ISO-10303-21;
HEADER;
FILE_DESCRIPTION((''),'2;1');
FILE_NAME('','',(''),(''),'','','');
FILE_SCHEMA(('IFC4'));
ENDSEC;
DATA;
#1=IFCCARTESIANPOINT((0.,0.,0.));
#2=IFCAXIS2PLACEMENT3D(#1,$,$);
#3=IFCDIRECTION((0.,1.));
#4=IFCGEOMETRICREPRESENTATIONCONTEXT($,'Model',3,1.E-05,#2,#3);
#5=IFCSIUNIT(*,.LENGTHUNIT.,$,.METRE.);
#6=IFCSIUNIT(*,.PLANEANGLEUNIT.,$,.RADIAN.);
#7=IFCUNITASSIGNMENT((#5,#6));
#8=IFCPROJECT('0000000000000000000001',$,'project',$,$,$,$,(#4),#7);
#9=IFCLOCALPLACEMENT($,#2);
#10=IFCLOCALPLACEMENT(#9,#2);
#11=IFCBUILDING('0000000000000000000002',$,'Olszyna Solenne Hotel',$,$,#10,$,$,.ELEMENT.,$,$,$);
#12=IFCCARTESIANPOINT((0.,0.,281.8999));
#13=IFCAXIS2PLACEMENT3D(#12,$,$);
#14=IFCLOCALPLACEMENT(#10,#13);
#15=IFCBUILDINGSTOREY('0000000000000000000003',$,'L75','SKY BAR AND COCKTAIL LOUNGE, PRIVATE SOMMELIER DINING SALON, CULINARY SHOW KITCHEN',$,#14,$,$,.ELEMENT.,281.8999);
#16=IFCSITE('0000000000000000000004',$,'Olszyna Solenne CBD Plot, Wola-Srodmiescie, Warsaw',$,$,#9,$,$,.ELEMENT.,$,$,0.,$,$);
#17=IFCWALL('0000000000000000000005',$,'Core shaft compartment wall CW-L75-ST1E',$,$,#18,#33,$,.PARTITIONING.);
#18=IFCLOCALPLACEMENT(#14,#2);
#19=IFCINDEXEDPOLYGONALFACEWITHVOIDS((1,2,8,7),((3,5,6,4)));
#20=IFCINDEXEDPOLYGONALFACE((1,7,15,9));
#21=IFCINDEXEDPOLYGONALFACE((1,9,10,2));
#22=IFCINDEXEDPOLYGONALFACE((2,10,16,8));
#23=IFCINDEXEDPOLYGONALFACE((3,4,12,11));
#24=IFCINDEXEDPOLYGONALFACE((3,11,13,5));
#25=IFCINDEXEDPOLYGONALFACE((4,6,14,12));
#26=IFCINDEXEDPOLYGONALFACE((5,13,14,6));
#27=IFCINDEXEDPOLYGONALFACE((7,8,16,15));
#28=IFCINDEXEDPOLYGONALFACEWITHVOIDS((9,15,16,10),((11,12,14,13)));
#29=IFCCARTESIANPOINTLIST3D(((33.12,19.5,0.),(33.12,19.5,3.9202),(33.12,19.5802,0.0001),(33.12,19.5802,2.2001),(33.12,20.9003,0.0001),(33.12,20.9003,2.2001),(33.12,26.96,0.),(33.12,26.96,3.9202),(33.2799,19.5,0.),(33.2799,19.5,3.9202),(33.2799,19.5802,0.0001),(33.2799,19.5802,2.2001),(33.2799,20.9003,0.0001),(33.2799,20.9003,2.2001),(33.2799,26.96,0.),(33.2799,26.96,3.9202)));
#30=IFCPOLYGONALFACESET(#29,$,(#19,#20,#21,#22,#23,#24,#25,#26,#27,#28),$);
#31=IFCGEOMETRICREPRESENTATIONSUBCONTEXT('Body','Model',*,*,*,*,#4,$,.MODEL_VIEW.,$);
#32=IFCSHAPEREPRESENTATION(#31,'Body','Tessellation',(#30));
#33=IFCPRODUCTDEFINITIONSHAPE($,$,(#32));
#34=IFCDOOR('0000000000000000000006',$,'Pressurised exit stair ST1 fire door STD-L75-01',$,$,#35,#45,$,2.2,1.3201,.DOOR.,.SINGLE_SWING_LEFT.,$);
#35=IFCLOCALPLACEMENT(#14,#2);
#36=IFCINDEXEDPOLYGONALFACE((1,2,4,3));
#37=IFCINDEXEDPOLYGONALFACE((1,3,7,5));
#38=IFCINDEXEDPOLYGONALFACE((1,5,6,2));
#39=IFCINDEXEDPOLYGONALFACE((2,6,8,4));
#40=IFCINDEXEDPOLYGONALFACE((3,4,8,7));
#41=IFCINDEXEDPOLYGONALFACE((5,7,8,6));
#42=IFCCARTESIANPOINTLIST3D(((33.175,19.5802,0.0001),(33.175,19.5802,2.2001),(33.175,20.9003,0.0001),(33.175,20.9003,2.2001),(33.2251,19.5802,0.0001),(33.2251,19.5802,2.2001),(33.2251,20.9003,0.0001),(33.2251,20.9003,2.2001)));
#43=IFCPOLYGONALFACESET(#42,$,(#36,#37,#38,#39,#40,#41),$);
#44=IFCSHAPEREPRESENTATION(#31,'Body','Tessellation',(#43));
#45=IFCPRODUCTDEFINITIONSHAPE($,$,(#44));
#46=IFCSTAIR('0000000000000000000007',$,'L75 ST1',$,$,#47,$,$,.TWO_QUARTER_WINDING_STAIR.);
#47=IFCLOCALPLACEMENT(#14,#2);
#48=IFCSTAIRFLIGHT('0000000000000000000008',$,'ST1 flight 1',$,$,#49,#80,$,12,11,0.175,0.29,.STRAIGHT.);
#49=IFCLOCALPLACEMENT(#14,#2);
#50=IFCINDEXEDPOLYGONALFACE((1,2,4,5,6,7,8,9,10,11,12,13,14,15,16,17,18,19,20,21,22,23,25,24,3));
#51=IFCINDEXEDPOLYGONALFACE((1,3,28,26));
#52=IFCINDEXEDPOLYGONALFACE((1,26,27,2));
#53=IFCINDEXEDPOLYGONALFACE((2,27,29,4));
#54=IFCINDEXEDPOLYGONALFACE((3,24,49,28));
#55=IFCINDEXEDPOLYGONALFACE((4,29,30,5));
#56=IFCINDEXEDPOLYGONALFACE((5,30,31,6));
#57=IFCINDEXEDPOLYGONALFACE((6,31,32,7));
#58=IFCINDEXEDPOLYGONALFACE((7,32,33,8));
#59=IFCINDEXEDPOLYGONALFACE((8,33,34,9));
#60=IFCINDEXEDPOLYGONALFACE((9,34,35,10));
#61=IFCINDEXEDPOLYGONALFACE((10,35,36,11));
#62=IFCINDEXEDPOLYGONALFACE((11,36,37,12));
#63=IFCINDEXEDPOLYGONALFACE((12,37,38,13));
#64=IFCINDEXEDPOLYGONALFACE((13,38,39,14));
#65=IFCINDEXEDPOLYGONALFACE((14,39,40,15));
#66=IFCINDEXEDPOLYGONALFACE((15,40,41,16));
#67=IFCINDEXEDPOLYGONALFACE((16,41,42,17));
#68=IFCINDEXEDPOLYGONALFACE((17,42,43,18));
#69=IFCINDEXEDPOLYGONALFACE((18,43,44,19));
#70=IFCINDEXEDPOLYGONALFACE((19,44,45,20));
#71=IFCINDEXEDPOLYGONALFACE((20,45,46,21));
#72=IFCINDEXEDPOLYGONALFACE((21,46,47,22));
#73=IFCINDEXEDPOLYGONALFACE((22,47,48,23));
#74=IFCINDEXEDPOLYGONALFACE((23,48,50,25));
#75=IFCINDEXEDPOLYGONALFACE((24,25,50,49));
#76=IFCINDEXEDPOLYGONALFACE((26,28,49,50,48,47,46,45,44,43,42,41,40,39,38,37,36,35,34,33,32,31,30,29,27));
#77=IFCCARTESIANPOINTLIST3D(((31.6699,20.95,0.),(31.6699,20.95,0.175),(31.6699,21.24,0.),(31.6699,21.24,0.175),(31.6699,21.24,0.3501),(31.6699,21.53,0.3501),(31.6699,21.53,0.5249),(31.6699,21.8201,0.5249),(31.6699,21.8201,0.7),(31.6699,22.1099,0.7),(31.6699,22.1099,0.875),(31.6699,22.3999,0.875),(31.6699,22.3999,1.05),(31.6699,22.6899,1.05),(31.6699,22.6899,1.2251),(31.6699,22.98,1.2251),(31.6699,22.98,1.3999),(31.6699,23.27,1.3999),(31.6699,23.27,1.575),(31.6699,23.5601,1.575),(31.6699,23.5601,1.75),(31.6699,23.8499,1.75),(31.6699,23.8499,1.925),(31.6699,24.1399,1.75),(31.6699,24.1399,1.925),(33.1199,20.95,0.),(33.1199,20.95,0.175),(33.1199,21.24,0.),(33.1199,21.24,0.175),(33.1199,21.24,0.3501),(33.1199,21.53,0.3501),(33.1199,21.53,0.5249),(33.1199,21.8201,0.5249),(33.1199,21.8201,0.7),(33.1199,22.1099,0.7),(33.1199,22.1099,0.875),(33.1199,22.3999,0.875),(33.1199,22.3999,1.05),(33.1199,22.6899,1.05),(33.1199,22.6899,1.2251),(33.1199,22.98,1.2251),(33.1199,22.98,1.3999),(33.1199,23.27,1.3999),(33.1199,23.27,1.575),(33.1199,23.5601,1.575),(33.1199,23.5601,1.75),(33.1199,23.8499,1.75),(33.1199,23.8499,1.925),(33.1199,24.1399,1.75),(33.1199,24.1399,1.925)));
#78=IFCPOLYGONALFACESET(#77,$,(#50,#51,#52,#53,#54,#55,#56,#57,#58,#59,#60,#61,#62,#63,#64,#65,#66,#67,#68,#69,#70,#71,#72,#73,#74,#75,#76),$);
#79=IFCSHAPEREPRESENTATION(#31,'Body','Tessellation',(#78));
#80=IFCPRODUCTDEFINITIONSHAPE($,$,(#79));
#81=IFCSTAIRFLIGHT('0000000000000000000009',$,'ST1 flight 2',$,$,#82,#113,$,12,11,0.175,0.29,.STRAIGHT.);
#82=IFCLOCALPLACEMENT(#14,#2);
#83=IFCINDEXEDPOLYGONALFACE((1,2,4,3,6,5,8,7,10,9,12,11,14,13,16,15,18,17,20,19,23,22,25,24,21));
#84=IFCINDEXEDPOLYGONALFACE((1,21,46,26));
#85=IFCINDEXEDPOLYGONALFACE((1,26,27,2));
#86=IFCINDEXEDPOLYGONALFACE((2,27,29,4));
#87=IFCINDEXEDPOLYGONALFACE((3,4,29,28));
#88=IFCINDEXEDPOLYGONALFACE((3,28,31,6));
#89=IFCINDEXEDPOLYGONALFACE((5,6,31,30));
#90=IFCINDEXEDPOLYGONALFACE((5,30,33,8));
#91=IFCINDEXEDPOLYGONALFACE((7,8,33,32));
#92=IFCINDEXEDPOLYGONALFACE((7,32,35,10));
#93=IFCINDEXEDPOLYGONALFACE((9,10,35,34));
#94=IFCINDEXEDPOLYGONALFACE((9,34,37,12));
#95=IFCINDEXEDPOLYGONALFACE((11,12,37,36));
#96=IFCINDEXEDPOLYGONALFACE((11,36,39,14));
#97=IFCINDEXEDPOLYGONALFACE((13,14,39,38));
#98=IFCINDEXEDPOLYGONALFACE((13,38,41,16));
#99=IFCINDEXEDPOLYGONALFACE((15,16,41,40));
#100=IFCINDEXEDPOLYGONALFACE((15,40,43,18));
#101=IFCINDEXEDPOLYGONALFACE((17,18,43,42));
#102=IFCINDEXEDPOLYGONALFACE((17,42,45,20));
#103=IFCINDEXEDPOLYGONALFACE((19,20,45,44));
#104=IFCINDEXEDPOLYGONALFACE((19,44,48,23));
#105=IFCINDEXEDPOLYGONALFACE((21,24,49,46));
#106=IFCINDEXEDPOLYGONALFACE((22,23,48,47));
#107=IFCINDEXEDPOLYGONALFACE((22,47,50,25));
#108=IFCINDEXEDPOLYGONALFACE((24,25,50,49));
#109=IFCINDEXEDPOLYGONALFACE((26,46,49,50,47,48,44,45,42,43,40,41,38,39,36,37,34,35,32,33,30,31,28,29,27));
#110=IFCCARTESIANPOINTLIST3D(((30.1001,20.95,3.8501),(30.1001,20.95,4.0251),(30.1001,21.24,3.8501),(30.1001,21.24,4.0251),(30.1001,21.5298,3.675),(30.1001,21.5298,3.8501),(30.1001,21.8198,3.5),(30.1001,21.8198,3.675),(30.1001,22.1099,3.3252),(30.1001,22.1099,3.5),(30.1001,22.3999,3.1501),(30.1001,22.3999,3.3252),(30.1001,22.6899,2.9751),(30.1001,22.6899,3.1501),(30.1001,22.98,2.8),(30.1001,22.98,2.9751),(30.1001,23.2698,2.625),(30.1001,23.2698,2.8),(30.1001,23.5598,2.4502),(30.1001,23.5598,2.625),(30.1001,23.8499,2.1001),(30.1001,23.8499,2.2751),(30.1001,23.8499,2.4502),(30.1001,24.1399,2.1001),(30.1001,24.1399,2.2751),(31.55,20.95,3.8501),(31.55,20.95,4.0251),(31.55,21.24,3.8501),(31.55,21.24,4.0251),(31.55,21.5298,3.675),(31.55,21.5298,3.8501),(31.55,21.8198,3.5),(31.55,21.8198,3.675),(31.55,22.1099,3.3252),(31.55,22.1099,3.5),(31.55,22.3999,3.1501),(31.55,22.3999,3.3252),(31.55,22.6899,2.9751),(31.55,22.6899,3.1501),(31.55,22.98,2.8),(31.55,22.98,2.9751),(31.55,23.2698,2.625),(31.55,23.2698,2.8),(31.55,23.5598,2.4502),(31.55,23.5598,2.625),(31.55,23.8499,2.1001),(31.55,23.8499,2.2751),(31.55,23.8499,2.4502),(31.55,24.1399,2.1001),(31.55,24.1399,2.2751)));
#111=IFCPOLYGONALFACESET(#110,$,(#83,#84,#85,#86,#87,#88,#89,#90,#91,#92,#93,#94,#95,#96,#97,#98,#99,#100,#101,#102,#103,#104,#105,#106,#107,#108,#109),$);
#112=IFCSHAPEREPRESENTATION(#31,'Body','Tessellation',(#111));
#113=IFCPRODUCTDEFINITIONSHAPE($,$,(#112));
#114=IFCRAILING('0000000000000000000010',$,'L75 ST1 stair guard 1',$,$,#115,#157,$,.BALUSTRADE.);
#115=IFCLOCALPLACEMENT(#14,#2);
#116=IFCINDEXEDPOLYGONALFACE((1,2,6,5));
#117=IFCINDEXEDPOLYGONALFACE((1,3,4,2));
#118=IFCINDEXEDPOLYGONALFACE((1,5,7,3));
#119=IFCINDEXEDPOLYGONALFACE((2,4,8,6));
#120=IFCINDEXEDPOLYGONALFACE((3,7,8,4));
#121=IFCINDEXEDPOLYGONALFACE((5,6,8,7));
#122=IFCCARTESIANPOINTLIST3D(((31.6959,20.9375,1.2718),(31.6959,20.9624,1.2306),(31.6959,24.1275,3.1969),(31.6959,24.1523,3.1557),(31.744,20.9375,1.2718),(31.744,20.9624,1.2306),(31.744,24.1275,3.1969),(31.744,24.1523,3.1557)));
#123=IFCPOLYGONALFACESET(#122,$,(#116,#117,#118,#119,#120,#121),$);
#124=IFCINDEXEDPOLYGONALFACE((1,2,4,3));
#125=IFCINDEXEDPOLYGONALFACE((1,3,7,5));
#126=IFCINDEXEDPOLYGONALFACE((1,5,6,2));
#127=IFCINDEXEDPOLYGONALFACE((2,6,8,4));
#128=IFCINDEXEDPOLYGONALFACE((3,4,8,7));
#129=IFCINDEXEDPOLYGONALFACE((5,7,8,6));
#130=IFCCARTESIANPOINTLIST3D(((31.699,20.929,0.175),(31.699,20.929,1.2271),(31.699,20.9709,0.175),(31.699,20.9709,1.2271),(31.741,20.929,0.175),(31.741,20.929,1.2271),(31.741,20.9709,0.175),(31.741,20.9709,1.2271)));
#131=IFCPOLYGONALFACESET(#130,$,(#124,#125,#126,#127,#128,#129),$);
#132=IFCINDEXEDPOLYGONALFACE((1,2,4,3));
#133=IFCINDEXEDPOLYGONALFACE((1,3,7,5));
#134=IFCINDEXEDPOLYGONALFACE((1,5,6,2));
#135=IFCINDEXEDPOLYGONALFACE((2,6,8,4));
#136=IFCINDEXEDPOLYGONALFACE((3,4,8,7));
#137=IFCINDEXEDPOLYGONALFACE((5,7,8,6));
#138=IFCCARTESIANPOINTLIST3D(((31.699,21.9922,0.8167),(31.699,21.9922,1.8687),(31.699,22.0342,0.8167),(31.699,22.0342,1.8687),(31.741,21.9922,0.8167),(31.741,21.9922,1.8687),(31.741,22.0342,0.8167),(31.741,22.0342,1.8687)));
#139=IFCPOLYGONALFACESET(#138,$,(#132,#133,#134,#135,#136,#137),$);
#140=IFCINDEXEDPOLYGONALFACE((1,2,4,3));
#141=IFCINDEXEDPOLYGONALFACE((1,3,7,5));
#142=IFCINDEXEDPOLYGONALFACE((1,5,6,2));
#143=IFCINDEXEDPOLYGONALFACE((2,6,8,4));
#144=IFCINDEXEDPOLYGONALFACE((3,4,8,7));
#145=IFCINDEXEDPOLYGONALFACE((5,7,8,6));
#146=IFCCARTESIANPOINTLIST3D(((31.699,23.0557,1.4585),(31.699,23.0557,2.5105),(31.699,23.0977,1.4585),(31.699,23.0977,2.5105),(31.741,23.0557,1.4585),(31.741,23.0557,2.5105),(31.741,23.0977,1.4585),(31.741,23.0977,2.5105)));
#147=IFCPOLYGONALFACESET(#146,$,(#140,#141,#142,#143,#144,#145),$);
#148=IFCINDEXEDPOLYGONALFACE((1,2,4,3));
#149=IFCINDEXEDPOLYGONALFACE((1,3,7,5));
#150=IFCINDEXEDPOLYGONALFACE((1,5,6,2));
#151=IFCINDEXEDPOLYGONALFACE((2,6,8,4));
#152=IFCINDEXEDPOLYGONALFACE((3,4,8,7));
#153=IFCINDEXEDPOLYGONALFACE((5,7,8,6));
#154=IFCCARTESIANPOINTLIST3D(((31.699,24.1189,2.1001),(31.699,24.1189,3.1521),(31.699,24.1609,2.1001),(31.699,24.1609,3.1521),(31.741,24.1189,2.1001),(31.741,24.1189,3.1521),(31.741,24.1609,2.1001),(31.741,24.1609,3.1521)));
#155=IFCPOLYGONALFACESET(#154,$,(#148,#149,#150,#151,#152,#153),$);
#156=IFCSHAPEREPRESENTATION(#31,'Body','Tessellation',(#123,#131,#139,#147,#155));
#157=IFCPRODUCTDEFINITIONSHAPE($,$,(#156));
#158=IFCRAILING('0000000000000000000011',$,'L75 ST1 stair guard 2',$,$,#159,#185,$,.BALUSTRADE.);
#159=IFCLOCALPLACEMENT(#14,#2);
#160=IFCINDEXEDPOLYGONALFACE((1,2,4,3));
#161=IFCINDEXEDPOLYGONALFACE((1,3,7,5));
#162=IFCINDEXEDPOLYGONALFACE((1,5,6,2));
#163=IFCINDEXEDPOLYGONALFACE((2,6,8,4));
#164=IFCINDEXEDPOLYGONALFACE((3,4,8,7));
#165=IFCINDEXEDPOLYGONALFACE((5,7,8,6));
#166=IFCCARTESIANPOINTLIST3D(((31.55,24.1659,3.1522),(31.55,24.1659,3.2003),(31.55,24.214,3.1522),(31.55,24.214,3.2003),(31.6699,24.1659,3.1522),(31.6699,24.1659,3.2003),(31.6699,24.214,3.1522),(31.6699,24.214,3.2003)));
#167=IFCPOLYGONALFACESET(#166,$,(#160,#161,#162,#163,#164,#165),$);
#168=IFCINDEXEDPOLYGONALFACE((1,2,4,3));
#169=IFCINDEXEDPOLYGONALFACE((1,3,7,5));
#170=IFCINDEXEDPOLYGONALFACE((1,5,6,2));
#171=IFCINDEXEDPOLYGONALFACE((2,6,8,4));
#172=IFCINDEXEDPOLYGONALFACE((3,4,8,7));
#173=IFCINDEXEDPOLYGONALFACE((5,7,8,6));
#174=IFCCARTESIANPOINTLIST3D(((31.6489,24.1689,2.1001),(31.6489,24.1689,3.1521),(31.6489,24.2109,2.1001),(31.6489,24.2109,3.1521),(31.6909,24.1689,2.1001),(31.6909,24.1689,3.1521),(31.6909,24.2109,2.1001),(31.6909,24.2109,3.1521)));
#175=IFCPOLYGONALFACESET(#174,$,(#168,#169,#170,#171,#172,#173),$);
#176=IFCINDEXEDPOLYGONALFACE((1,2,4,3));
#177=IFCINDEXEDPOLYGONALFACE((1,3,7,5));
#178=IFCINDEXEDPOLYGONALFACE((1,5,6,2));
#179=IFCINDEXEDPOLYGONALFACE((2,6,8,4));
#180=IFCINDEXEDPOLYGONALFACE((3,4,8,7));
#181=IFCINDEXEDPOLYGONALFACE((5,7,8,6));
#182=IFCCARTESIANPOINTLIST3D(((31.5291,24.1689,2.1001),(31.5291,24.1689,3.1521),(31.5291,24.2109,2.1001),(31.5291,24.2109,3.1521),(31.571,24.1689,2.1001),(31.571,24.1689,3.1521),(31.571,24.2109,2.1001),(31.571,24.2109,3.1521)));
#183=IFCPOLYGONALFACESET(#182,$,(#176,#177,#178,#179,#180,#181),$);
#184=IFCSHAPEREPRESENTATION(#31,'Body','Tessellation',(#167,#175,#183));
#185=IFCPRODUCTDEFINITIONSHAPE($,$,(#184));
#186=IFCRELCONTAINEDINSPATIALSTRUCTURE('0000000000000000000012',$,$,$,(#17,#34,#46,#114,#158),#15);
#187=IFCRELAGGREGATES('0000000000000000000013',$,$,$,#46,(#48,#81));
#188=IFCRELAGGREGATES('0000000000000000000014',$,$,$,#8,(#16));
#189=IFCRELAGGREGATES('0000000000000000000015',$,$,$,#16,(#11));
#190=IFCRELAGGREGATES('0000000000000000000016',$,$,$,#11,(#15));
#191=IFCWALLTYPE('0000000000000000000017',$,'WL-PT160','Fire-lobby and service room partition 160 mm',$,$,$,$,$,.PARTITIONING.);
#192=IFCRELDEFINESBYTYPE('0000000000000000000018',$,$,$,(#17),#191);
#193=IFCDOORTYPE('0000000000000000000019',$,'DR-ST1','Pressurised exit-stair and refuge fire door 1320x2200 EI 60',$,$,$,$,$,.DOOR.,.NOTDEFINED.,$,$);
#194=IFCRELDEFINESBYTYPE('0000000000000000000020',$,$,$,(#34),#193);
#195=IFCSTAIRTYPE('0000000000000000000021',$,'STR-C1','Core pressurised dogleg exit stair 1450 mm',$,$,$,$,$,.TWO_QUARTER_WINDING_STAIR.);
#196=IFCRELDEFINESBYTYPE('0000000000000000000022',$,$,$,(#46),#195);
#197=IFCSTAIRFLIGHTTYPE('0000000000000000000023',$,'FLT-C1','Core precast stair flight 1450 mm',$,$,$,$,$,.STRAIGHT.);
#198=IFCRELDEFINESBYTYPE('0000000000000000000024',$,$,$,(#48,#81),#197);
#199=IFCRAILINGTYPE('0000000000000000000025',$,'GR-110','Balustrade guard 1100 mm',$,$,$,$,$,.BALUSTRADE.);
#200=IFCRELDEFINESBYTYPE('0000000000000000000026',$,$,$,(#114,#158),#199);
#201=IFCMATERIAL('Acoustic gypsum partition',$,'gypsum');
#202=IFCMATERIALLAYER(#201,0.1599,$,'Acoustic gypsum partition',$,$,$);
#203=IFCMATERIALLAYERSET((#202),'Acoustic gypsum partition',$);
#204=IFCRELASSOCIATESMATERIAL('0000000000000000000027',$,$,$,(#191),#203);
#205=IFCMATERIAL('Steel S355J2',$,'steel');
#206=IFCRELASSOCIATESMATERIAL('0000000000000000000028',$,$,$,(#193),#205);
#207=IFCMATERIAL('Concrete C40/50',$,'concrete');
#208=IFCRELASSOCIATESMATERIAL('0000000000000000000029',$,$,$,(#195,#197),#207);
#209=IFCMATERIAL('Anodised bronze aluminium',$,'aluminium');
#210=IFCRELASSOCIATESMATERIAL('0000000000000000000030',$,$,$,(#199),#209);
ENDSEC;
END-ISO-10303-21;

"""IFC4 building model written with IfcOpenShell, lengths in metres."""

from ifc_helpers import new_model, si_unit, direction, frame, frame_2d, origin, origin_2d, place, context, subcontext, project, spatial, polyline, rectangle, outline, extrude, source, transform, mapped, material, layer, layer_set, type_object, type_shapes, element, fill, aggregate, save


model = new_model("IFC4")

# Units and contexts
model_context = context("Model", 3, precision=1e-05, world=origin(), true_north=direction((0.0, 1.0)))
body_context = subcontext(model_context, "Body", "Model", "MODEL_VIEW")
ifc_project = project(units=[si_unit("LENGTHUNIT", "METRE"), si_unit("PLANEANGLEUNIT", "RADIAN")], contexts=[model_context])

# Site, building, storey
site_placement = place(None, origin())
site = spatial("IfcSite", under=ifc_project, at=site_placement, Name="Olszyna Solenne CBD Plot, Wola-Srodmiescie, Warsaw", CompositionType="ELEMENT", RefElevation=0.0)
building_placement = place(site_placement, origin())
building = spatial("IfcBuilding", under=site, at=building_placement, Name="Olszyna Solenne Hotel", CompositionType="ELEMENT")
storey_placement = place(building_placement, frame((0.0, 0.0, 281.8999)))
storey = spatial("IfcBuildingStorey", under=building, at=storey_placement, Name="L75", Description="SKY BAR AND COCKTAIL LOUNGE, PRIVATE SOMMELIER DINING SALON, CULINARY SHOW KITCHEN", CompositionType="ELEMENT", Elevation=281.8999)

# Shared definitions
ifc_material_1 = material(Name="Steel S355J2", Category="steel")

# Shared definitions
ifc_material_2 = material(Name="Anodised bronze aluminium", Category="aluminium")

# Wall, opening, door
ifc_material_3 = material(Name="Acoustic gypsum partition", Category="gypsum")
ifc_layer_1 = layer(ifc_material_3, 0.1599, Name="Acoustic gypsum partition")
ifc_layer_set_1 = layer_set([ifc_layer_1], Name="Acoustic gypsum partition")
wall_type_1 = type_object("IfcWallType", Name="WL-PT160", Description="Fire-lobby and service room partition 160 mm", PredefinedType="PARTITIONING", material=ifc_layer_set_1)
wall_1_placement = place(storey_placement, frame((33.2, 19.5, 0.0), z_axis=(0.0, 0.0, 1.0), x_axis=(0.0, 1.0, 0.0)))
wall_1 = element("IfcWall", 1, at=wall_1_placement, inside=storey, type_object=wall_type_1, Name="Core shaft compartment wall CW-L75-ST1E", PredefinedType="PARTITIONING", context=body_context, shape_type="SweptSolid", body=[
    extrude(rectangle(XDim=7.46, YDim=0.1599, at=frame_2d((3.73, 0.0))), origin(), (0.0, 0.0, 1.0), 3.9202),
])
opening_1_placement = place(wall_1_placement, frame((0.0801, 0.0, 0.0)))
opening_1 = element("IfcOpeningElement", 2, at=opening_1_placement, cuts=wall_1, PredefinedType="OPENING", context=body_context, shape_type="SweptSolid", body=[
    extrude(rectangle(XDim=1.3201, YDim=2.2, at=frame_2d((0.6602, 1.1001))), frame((0.0, 0.0898, 0.0), z_axis=(0.0, -1.0, 0.0), x_axis=(1.0, 0.0, 0.0)), (0.0, 0.0, 1.0), 0.1799),
])
door_type_1 = type_object("IfcDoorType", Name="DR-ST1", Description="Pressurised exit-stair and refuge fire door 1320x2200 EI 60", OperationType="NOTDEFINED", PredefinedType="DOOR", material=ifc_material_1)
shared_shape_1 = source(origin(), body_context, "Body", "SweptSolid", [
    extrude(rectangle(XDim=1.3201, YDim=2.2, at=frame_2d((0.6602, 1.1001))), frame((0.0, 0.0249, 0.0), z_axis=(0.0, -1.0, 0.0), x_axis=(1.0, 0.0, 0.0)), (0.0, 0.0, 1.0), 0.05),
])
type_shapes(door_type_1, [shared_shape_1])
door_1_placement = place(opening_1_placement, origin())
door_1 = element("IfcDoor", 3, at=door_1_placement, inside=storey, type_object=door_type_1, Name="Pressurised exit stair ST1 fire door STD-L75-01", OperationType="SINGLE_SWING_LEFT", OverallHeight=2.2, OverallWidth=1.3201, PredefinedType="DOOR", context=body_context, shape_type="MappedRepresentation", body=[
    mapped(shared_shape_1, transform((0.0, 0.0, 0.0), x_axis=(1.0, 0.0, 0.0), y_axis=(0.0, 1.0, 0.0), z_axis=(0.0, 0.0, 1.0), scale=1.0)),
])
fill(opening_1, door_1)

# Stair, stair flights
ifc_material_4 = material(Name="Concrete C40/50", Category="concrete")
stair_type = type_object("IfcStairType", Name="STR-C1", Description="Core pressurised dogleg exit stair 1450 mm", PredefinedType="TWO_QUARTER_WINDING_STAIR", material=ifc_material_4)
stair_placement = place(storey_placement, origin())
stair = element("IfcStair", 4, at=stair_placement, inside=storey, type_object=stair_type, Name="L75 ST1", PredefinedType="TWO_QUARTER_WINDING_STAIR")
stair_flight_type = type_object("IfcStairFlightType", Name="FLT-C1", Description="Core precast stair flight 1450 mm", PredefinedType="STRAIGHT", material=ifc_material_4)
stair_flight_1_placement = place(storey_placement, frame((32.395, 20.95, 0.0), z_axis=(0.0, 0.0, 1.0), x_axis=(0.0, 1.0, 0.0)))
stair_flight_1 = element("IfcStairFlight", 5, at=stair_flight_1_placement, type_object=stair_flight_type, Name="ST1 flight 1", NumberOfRisers=12, NumberOfTreads=11, PredefinedType="STRAIGHT", RiserHeight=0.175, TreadLength=0.29, context=body_context, shape_type="SweptSolid", body=[
    extrude(outline(polyline([(0.0, 0.0), (0.0, 0.175), (0.29, 0.175), (0.29, 0.3501), (0.5801, 0.3501), (0.5801, 0.5249), (0.8701, 0.5249), (0.8701, 0.7), (1.1599, 0.7), (1.1599, 0.875), (1.45, 0.875), (1.45, 1.05), (1.74, 1.05), (1.74, 1.2251), (2.03, 1.2251), (2.03, 1.3999), (2.3201, 1.3999), (2.3201, 1.575), (2.6101, 1.575), (2.6101, 1.75), (2.8999, 1.75), (2.8999, 1.925), (3.1899, 1.925), (3.1899, 2.1001), (3.1899, 1.75), (0.29, 0.0), (0.0, 0.0)])), frame((0.0, 0.7251, 0.0), z_axis=(0.0, -1.0, 0.0), x_axis=(1.0, 0.0, 0.0)), (0.0, 0.0, 1.0), 1.45),
])
stair_flight_2_placement = place(storey_placement, frame((30.825, 24.1399, 2.1001), z_axis=(0.0, 0.0, 1.0), x_axis=(0.0, -1.0, 0.0)))
stair_flight_2 = element("IfcStairFlight", 6, at=stair_flight_2_placement, type_object=stair_flight_type, Name="ST1 flight 2", NumberOfRisers=12, NumberOfTreads=11, PredefinedType="STRAIGHT", RiserHeight=0.175, TreadLength=0.29, context=body_context, shape_type="SweptSolid", body=[
    extrude(outline(polyline([(0.0, 0.0), (0.0, 0.175), (0.29, 0.175), (0.29, 0.3501), (0.5801, 0.3501), (0.5801, 0.5249), (0.8701, 0.5249), (0.8701, 0.7), (1.1599, 0.7), (1.1599, 0.875), (1.45, 0.875), (1.45, 1.05), (1.74, 1.05), (1.74, 1.2251), (2.03, 1.2251), (2.03, 1.3999), (2.3201, 1.3999), (2.3201, 1.575), (2.6101, 1.575), (2.6101, 1.75), (2.8999, 1.75), (2.8999, 1.925), (3.1899, 1.925), (3.1899, 2.1001), (3.1899, 1.75), (0.29, 0.0), (0.0, 0.0)])), frame((0.0, 0.7251, 0.0), z_axis=(0.0, -1.0, 0.0), x_axis=(1.0, 0.0, 0.0)), (0.0, 0.0, 1.0), 1.45),
])
aggregate(stair, [stair_flight_1, stair_flight_2])

# Railings
railing_type_1 = type_object("IfcRailingType", Name="GR-110", Description="Balustrade guard 1100 mm", PredefinedType="BALUSTRADE", material=ifc_material_2)
railing_1_placement = place(storey_placement, frame((31.72, 20.95, 0.175)))
element("IfcRailing", 7, at=railing_1_placement, inside=storey, type_object=railing_type_1, Name="L75 ST1 stair guard 1", PredefinedType="BALUSTRADE", context=body_context, shape_type="SweptSolid", body=[
    extrude(rectangle(XDim=0.0481, YDim=0.0481, at=origin_2d()), frame((0.0, 0.0, 1.0762), z_axis=(0.0, 0.856178, 0.516682), x_axis=(-1.0, 0.0, 0.0)), (0.0, 0.0, 1.0), 3.7258),
    extrude(rectangle(XDim=0.042, YDim=0.042, at=origin_2d()), origin(), (0.0, 0.0, 1.0), 1.052),
    extrude(rectangle(XDim=0.042, YDim=0.042, at=origin_2d()), frame((0.0, 1.0632, 0.6416)), (0.0, 0.0, 1.0), 1.052),
    extrude(rectangle(XDim=0.042, YDim=0.042, at=origin_2d()), frame((0.0, 2.1267, 1.2834)), (0.0, 0.0, 1.0), 1.052),
    extrude(rectangle(XDim=0.042, YDim=0.042, at=origin_2d()), frame((0.0, 3.1899, 1.925)), (0.0, 0.0, 1.0), 1.052),
])
railing_2_placement = place(storey_placement, frame((31.6699, 24.1899, 2.1001)))
element("IfcRailing", 8, at=railing_2_placement, inside=storey, type_object=railing_type_1, Name="L75 ST1 stair guard 2", PredefinedType="BALUSTRADE", context=body_context, shape_type="SweptSolid", body=[
    extrude(rectangle(XDim=0.0481, YDim=0.0481, at=origin_2d()), frame((0.0, 0.0, 1.0762), z_axis=(-1.0, 0.0, 0.0), x_axis=(0.0, -1.0, 0.0)), (0.0, 0.0, 1.0), 0.1199),
    extrude(rectangle(XDim=0.042, YDim=0.042, at=origin_2d()), origin(), (0.0, 0.0, 1.0), 1.052),
    extrude(rectangle(XDim=0.042, YDim=0.042, at=origin_2d()), frame((-0.1199, 0.0, 0.0)), (0.0, 0.0, 1.0), 1.052),
])

save(model, "model.ifc")
